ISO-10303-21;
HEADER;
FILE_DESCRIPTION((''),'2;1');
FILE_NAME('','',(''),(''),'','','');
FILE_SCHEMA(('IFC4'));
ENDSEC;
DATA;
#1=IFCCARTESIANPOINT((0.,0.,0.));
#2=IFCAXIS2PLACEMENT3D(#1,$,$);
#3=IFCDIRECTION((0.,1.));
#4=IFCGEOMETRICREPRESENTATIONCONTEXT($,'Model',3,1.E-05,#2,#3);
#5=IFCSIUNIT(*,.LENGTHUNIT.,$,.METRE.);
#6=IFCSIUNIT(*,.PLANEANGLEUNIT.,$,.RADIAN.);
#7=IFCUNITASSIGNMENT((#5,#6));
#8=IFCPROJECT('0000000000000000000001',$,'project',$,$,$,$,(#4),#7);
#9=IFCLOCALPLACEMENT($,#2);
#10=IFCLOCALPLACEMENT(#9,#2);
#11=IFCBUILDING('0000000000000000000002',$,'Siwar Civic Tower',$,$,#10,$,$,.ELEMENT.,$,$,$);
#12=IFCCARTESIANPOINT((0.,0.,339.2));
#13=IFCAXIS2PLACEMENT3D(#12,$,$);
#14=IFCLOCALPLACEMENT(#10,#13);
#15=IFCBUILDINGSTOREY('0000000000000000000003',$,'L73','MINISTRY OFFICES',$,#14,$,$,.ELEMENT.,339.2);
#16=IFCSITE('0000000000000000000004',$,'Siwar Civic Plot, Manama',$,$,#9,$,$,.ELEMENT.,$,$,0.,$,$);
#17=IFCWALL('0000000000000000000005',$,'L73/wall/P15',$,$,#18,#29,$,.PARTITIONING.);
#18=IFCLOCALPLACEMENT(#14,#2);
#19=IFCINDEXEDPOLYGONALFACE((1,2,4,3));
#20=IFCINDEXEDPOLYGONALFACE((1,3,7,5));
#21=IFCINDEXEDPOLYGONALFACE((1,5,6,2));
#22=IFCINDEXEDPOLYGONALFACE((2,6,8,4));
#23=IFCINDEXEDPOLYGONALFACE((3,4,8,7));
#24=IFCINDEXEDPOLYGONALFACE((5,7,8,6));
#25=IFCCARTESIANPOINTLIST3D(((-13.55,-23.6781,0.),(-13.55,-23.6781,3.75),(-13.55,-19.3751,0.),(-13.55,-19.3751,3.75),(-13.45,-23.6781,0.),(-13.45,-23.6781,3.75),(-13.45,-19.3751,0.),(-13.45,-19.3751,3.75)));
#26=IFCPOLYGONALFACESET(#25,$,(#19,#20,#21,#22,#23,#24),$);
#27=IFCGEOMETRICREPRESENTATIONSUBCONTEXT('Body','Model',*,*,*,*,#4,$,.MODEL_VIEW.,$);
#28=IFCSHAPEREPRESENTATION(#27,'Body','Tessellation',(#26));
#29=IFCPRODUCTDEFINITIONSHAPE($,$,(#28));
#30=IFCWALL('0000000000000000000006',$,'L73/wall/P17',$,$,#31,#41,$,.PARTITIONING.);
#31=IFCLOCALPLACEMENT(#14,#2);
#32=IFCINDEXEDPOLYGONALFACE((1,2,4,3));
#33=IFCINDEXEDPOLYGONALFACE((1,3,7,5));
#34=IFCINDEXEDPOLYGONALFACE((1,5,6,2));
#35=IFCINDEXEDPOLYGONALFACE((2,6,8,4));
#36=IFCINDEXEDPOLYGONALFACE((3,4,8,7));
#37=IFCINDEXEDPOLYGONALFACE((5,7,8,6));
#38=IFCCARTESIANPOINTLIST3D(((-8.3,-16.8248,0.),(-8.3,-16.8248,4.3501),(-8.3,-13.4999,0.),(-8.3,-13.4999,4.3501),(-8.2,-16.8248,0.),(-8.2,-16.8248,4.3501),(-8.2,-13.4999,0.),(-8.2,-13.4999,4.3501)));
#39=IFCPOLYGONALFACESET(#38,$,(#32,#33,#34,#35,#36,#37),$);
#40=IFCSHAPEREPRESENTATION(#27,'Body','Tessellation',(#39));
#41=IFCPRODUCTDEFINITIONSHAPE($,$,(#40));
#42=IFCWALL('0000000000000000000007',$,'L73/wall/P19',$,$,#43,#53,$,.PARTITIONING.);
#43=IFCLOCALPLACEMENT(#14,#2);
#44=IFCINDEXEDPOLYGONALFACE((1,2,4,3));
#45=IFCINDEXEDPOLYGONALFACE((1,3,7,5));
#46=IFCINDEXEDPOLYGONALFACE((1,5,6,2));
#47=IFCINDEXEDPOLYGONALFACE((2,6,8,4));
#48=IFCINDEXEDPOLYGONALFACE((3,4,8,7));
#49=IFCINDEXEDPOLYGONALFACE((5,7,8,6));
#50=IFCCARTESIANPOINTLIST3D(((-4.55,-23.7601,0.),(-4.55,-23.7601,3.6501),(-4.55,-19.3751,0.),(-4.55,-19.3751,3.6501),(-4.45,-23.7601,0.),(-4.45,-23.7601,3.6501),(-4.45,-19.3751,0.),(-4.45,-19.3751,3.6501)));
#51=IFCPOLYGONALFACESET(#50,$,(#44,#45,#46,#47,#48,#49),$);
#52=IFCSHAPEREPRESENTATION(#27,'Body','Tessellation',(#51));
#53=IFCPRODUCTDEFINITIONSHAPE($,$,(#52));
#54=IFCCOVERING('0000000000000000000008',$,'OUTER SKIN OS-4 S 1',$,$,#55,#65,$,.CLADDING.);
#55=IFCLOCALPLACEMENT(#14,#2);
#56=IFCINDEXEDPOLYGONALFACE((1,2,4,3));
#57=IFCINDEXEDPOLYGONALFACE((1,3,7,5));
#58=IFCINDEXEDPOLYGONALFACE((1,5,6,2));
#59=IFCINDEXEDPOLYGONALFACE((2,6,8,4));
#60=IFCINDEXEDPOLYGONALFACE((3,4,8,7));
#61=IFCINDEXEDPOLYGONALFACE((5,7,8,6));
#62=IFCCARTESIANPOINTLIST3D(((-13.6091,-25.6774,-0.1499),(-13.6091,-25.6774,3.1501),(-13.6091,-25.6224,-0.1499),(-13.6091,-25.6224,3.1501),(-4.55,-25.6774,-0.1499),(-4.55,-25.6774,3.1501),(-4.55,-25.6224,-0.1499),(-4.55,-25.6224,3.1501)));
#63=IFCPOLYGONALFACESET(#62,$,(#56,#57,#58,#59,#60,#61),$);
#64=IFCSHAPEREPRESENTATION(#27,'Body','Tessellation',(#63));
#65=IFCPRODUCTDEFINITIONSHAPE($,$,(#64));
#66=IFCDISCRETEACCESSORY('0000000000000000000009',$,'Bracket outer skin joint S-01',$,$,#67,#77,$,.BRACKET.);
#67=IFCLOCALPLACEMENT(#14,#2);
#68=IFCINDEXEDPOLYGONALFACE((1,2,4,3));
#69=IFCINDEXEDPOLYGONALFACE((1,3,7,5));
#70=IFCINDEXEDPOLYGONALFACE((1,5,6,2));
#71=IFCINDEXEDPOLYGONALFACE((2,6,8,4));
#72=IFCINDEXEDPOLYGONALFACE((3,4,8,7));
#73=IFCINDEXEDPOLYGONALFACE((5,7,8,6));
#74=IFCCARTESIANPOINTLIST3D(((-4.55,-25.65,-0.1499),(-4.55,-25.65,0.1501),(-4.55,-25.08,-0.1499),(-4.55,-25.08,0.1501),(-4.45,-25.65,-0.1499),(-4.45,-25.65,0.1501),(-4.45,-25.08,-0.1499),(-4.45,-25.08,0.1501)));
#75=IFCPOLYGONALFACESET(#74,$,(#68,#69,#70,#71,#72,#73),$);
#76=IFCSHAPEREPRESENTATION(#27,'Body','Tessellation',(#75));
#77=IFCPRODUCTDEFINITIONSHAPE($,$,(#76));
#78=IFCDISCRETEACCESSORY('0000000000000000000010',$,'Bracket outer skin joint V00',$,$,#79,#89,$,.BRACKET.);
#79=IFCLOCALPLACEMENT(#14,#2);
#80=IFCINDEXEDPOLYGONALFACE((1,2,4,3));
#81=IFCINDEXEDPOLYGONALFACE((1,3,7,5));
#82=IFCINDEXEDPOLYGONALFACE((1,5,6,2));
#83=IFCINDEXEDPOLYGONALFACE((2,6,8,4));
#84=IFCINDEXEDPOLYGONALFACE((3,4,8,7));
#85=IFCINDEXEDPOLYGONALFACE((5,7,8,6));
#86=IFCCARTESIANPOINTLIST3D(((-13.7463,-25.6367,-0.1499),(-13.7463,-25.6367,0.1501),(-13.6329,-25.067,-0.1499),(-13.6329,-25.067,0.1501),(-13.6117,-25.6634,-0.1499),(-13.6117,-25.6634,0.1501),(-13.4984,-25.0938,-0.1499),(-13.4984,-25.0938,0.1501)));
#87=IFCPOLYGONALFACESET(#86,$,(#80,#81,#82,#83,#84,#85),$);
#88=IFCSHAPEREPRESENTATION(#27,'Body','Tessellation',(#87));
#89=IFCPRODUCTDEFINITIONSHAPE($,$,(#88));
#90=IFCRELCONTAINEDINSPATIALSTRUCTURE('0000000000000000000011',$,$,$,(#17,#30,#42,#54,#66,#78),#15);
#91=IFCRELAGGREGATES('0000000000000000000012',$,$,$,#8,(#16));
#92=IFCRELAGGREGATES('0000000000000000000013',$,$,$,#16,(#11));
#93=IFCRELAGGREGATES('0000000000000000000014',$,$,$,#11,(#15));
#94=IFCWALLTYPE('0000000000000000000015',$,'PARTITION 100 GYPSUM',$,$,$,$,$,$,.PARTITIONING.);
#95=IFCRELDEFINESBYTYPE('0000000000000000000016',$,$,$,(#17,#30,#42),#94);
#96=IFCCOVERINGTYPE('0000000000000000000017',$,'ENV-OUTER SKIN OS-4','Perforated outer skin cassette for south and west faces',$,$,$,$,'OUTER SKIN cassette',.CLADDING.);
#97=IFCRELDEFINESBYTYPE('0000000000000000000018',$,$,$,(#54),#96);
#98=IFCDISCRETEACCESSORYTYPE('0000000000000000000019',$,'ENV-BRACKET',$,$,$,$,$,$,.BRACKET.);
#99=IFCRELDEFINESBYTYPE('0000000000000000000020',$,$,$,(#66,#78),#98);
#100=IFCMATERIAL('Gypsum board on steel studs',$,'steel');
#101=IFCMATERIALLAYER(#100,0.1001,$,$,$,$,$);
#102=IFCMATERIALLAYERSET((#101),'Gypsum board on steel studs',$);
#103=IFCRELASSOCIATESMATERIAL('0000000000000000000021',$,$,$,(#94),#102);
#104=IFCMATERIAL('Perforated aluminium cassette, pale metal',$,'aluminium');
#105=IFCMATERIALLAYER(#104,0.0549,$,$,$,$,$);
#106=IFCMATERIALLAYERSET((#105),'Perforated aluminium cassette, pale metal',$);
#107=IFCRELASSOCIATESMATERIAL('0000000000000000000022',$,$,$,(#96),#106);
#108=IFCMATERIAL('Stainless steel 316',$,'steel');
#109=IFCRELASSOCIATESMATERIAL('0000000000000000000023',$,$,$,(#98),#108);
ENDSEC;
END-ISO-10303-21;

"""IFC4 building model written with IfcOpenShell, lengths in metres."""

from ifc_helpers import new_model, si_unit, direction, frame, frame_2d, origin, origin_2d, place, context, subcontext, project, spatial, rectangle, extrude, material, layer, layer_set, type_object, element, save


model = new_model("IFC4")

# Units and contexts
model_context = context("Model", 3, precision=1e-05, world=origin(), true_north=direction((0.0, 1.0)))
body_context = subcontext(model_context, "Body", "Model", "MODEL_VIEW")
ifc_project = project(units=[si_unit("LENGTHUNIT", "METRE"), si_unit("PLANEANGLEUNIT", "RADIAN")], contexts=[model_context])

# Site, building, storey
site_placement = place(None, origin())
site = spatial("IfcSite", under=ifc_project, at=site_placement, Name="Siwar Civic Plot, Manama", CompositionType="ELEMENT", RefElevation=0.0)
building_placement = place(site_placement, origin())
building = spatial("IfcBuilding", under=site, at=building_placement, Name="Siwar Civic Tower", CompositionType="ELEMENT")
storey_placement = place(building_placement, frame((0.0, 0.0, 339.2)))
storey = spatial("IfcBuildingStorey", under=building, at=storey_placement, Name="L73", Description="MINISTRY OFFICES", CompositionType="ELEMENT", Elevation=339.2)

# Walls
ifc_material_1 = material(Name="Gypsum board on steel studs", Category="steel")
ifc_layer_1 = layer(ifc_material_1, 0.1001)
ifc_layer_set_1 = layer_set([ifc_layer_1], Name="Gypsum board on steel studs")
wall_type = type_object("IfcWallType", Name="PARTITION 100 GYPSUM", PredefinedType="PARTITIONING", material=ifc_layer_set_1)
wall_1_placement = place(storey_placement, frame((-13.5, -23.678, 0.0), z_axis=(0.0, 0.0, 1.0), x_axis=(0.0, 1.0, 0.0)))
element("IfcWall", 1, at=wall_1_placement, inside=storey, type_object=wall_type, Name="L73/wall/P15", PredefinedType="PARTITIONING", context=body_context, shape_type="SweptSolid", body=[
    extrude(rectangle(XDim=4.303, YDim=0.1001, at=frame_2d((2.1514, 0.0))), origin(), (0.0, 0.0, 1.0), 3.75),
])
wall_2_placement = place(storey_placement, frame((-8.25, -16.825, 0.0), z_axis=(0.0, 0.0, 1.0), x_axis=(0.0, 1.0, 0.0)))
element("IfcWall", 2, at=wall_2_placement, inside=storey, type_object=wall_type, Name="L73/wall/P17", PredefinedType="PARTITIONING", context=body_context, shape_type="SweptSolid", body=[
    extrude(rectangle(XDim=3.325, YDim=0.1001, at=frame_2d((1.6626, 0.0))), origin(), (0.0, 0.0, 1.0), 4.3501),
])
wall_3_placement = place(storey_placement, frame((-4.5, -23.76, 0.0), z_axis=(0.0, 0.0, 1.0), x_axis=(0.0, 1.0, 0.0)))
element("IfcWall", 3, at=wall_3_placement, inside=storey, type_object=wall_type, Name="L73/wall/P19", PredefinedType="PARTITIONING", context=body_context, shape_type="SweptSolid", body=[
    extrude(rectangle(XDim=4.385, YDim=0.1001, at=frame_2d((2.1924, 0.0))), origin(), (0.0, 0.0, 1.0), 3.6501),
])

# Covering
ifc_material_2 = material(Name="Perforated aluminium cassette, pale metal", Category="aluminium")
ifc_layer_2 = layer(ifc_material_2, 0.0549)
ifc_layer_set_2 = layer_set([ifc_layer_2], Name="Perforated aluminium cassette, pale metal")
covering_type = type_object("IfcCoveringType", Name="ENV-OUTER SKIN OS-4", Description="Perforated outer skin cassette for south and west faces", ElementType="OUTER SKIN cassette", PredefinedType="CLADDING", material=ifc_layer_set_2)
covering_placement = place(storey_placement, frame((-9.0796, -25.6499, -0.1499), z_axis=(0.0, 0.0, 1.0), x_axis=(1.0, 0.0, 0.0)))
element("IfcCovering", 4, at=covering_placement, inside=storey, type_object=covering_type, Name="OUTER SKIN OS-4 S 1", PredefinedType="CLADDING", context=body_context, shape_type="SweptSolid", body=[
    extrude(rectangle(XDim=9.0591, YDim=0.0549, at=origin_2d()), origin(), (0.0, 0.0, 1.0), 3.3),
])

# Discrete accessories
ifc_material_3 = material(Name="Stainless steel 316", Category="steel")
discrete_accessory_type = type_object("IfcDiscreteAccessoryType", Name="ENV-BRACKET", PredefinedType="BRACKET", material=ifc_material_3)
discrete_accessory_1_placement = place(storey_placement, frame((-4.5, -25.365, -0.1499), z_axis=(0.0, 0.0, 1.0), x_axis=(0.0, -1.0, 0.0)))
element("IfcDiscreteAccessory", 5, at=discrete_accessory_1_placement, inside=storey, type_object=discrete_accessory_type, Name="Bracket outer skin joint S-01", PredefinedType="BRACKET", context=body_context, shape_type="SweptSolid", body=[
    extrude(rectangle(XDim=0.5701, YDim=0.1001, at=origin_2d()), origin(), (0.0, 0.0, 1.0), 0.3),
])
discrete_accessory_2_placement = place(storey_placement, frame((-13.6223, -25.3652, -0.1499), z_axis=(0.0, 0.0, 1.0), x_axis=(-0.19509, -0.980785, 0.0)))
element("IfcDiscreteAccessory", 6, at=discrete_accessory_2_placement, inside=storey, type_object=discrete_accessory_type, Name="Bracket outer skin joint V00", PredefinedType="BRACKET", context=body_context, shape_type="SweptSolid", body=[
    extrude(rectangle(XDim=0.5808, YDim=0.1372, at=origin_2d()), origin(), (0.0, 0.0, 1.0), 0.3),
])

save(model, "model.ifc")
